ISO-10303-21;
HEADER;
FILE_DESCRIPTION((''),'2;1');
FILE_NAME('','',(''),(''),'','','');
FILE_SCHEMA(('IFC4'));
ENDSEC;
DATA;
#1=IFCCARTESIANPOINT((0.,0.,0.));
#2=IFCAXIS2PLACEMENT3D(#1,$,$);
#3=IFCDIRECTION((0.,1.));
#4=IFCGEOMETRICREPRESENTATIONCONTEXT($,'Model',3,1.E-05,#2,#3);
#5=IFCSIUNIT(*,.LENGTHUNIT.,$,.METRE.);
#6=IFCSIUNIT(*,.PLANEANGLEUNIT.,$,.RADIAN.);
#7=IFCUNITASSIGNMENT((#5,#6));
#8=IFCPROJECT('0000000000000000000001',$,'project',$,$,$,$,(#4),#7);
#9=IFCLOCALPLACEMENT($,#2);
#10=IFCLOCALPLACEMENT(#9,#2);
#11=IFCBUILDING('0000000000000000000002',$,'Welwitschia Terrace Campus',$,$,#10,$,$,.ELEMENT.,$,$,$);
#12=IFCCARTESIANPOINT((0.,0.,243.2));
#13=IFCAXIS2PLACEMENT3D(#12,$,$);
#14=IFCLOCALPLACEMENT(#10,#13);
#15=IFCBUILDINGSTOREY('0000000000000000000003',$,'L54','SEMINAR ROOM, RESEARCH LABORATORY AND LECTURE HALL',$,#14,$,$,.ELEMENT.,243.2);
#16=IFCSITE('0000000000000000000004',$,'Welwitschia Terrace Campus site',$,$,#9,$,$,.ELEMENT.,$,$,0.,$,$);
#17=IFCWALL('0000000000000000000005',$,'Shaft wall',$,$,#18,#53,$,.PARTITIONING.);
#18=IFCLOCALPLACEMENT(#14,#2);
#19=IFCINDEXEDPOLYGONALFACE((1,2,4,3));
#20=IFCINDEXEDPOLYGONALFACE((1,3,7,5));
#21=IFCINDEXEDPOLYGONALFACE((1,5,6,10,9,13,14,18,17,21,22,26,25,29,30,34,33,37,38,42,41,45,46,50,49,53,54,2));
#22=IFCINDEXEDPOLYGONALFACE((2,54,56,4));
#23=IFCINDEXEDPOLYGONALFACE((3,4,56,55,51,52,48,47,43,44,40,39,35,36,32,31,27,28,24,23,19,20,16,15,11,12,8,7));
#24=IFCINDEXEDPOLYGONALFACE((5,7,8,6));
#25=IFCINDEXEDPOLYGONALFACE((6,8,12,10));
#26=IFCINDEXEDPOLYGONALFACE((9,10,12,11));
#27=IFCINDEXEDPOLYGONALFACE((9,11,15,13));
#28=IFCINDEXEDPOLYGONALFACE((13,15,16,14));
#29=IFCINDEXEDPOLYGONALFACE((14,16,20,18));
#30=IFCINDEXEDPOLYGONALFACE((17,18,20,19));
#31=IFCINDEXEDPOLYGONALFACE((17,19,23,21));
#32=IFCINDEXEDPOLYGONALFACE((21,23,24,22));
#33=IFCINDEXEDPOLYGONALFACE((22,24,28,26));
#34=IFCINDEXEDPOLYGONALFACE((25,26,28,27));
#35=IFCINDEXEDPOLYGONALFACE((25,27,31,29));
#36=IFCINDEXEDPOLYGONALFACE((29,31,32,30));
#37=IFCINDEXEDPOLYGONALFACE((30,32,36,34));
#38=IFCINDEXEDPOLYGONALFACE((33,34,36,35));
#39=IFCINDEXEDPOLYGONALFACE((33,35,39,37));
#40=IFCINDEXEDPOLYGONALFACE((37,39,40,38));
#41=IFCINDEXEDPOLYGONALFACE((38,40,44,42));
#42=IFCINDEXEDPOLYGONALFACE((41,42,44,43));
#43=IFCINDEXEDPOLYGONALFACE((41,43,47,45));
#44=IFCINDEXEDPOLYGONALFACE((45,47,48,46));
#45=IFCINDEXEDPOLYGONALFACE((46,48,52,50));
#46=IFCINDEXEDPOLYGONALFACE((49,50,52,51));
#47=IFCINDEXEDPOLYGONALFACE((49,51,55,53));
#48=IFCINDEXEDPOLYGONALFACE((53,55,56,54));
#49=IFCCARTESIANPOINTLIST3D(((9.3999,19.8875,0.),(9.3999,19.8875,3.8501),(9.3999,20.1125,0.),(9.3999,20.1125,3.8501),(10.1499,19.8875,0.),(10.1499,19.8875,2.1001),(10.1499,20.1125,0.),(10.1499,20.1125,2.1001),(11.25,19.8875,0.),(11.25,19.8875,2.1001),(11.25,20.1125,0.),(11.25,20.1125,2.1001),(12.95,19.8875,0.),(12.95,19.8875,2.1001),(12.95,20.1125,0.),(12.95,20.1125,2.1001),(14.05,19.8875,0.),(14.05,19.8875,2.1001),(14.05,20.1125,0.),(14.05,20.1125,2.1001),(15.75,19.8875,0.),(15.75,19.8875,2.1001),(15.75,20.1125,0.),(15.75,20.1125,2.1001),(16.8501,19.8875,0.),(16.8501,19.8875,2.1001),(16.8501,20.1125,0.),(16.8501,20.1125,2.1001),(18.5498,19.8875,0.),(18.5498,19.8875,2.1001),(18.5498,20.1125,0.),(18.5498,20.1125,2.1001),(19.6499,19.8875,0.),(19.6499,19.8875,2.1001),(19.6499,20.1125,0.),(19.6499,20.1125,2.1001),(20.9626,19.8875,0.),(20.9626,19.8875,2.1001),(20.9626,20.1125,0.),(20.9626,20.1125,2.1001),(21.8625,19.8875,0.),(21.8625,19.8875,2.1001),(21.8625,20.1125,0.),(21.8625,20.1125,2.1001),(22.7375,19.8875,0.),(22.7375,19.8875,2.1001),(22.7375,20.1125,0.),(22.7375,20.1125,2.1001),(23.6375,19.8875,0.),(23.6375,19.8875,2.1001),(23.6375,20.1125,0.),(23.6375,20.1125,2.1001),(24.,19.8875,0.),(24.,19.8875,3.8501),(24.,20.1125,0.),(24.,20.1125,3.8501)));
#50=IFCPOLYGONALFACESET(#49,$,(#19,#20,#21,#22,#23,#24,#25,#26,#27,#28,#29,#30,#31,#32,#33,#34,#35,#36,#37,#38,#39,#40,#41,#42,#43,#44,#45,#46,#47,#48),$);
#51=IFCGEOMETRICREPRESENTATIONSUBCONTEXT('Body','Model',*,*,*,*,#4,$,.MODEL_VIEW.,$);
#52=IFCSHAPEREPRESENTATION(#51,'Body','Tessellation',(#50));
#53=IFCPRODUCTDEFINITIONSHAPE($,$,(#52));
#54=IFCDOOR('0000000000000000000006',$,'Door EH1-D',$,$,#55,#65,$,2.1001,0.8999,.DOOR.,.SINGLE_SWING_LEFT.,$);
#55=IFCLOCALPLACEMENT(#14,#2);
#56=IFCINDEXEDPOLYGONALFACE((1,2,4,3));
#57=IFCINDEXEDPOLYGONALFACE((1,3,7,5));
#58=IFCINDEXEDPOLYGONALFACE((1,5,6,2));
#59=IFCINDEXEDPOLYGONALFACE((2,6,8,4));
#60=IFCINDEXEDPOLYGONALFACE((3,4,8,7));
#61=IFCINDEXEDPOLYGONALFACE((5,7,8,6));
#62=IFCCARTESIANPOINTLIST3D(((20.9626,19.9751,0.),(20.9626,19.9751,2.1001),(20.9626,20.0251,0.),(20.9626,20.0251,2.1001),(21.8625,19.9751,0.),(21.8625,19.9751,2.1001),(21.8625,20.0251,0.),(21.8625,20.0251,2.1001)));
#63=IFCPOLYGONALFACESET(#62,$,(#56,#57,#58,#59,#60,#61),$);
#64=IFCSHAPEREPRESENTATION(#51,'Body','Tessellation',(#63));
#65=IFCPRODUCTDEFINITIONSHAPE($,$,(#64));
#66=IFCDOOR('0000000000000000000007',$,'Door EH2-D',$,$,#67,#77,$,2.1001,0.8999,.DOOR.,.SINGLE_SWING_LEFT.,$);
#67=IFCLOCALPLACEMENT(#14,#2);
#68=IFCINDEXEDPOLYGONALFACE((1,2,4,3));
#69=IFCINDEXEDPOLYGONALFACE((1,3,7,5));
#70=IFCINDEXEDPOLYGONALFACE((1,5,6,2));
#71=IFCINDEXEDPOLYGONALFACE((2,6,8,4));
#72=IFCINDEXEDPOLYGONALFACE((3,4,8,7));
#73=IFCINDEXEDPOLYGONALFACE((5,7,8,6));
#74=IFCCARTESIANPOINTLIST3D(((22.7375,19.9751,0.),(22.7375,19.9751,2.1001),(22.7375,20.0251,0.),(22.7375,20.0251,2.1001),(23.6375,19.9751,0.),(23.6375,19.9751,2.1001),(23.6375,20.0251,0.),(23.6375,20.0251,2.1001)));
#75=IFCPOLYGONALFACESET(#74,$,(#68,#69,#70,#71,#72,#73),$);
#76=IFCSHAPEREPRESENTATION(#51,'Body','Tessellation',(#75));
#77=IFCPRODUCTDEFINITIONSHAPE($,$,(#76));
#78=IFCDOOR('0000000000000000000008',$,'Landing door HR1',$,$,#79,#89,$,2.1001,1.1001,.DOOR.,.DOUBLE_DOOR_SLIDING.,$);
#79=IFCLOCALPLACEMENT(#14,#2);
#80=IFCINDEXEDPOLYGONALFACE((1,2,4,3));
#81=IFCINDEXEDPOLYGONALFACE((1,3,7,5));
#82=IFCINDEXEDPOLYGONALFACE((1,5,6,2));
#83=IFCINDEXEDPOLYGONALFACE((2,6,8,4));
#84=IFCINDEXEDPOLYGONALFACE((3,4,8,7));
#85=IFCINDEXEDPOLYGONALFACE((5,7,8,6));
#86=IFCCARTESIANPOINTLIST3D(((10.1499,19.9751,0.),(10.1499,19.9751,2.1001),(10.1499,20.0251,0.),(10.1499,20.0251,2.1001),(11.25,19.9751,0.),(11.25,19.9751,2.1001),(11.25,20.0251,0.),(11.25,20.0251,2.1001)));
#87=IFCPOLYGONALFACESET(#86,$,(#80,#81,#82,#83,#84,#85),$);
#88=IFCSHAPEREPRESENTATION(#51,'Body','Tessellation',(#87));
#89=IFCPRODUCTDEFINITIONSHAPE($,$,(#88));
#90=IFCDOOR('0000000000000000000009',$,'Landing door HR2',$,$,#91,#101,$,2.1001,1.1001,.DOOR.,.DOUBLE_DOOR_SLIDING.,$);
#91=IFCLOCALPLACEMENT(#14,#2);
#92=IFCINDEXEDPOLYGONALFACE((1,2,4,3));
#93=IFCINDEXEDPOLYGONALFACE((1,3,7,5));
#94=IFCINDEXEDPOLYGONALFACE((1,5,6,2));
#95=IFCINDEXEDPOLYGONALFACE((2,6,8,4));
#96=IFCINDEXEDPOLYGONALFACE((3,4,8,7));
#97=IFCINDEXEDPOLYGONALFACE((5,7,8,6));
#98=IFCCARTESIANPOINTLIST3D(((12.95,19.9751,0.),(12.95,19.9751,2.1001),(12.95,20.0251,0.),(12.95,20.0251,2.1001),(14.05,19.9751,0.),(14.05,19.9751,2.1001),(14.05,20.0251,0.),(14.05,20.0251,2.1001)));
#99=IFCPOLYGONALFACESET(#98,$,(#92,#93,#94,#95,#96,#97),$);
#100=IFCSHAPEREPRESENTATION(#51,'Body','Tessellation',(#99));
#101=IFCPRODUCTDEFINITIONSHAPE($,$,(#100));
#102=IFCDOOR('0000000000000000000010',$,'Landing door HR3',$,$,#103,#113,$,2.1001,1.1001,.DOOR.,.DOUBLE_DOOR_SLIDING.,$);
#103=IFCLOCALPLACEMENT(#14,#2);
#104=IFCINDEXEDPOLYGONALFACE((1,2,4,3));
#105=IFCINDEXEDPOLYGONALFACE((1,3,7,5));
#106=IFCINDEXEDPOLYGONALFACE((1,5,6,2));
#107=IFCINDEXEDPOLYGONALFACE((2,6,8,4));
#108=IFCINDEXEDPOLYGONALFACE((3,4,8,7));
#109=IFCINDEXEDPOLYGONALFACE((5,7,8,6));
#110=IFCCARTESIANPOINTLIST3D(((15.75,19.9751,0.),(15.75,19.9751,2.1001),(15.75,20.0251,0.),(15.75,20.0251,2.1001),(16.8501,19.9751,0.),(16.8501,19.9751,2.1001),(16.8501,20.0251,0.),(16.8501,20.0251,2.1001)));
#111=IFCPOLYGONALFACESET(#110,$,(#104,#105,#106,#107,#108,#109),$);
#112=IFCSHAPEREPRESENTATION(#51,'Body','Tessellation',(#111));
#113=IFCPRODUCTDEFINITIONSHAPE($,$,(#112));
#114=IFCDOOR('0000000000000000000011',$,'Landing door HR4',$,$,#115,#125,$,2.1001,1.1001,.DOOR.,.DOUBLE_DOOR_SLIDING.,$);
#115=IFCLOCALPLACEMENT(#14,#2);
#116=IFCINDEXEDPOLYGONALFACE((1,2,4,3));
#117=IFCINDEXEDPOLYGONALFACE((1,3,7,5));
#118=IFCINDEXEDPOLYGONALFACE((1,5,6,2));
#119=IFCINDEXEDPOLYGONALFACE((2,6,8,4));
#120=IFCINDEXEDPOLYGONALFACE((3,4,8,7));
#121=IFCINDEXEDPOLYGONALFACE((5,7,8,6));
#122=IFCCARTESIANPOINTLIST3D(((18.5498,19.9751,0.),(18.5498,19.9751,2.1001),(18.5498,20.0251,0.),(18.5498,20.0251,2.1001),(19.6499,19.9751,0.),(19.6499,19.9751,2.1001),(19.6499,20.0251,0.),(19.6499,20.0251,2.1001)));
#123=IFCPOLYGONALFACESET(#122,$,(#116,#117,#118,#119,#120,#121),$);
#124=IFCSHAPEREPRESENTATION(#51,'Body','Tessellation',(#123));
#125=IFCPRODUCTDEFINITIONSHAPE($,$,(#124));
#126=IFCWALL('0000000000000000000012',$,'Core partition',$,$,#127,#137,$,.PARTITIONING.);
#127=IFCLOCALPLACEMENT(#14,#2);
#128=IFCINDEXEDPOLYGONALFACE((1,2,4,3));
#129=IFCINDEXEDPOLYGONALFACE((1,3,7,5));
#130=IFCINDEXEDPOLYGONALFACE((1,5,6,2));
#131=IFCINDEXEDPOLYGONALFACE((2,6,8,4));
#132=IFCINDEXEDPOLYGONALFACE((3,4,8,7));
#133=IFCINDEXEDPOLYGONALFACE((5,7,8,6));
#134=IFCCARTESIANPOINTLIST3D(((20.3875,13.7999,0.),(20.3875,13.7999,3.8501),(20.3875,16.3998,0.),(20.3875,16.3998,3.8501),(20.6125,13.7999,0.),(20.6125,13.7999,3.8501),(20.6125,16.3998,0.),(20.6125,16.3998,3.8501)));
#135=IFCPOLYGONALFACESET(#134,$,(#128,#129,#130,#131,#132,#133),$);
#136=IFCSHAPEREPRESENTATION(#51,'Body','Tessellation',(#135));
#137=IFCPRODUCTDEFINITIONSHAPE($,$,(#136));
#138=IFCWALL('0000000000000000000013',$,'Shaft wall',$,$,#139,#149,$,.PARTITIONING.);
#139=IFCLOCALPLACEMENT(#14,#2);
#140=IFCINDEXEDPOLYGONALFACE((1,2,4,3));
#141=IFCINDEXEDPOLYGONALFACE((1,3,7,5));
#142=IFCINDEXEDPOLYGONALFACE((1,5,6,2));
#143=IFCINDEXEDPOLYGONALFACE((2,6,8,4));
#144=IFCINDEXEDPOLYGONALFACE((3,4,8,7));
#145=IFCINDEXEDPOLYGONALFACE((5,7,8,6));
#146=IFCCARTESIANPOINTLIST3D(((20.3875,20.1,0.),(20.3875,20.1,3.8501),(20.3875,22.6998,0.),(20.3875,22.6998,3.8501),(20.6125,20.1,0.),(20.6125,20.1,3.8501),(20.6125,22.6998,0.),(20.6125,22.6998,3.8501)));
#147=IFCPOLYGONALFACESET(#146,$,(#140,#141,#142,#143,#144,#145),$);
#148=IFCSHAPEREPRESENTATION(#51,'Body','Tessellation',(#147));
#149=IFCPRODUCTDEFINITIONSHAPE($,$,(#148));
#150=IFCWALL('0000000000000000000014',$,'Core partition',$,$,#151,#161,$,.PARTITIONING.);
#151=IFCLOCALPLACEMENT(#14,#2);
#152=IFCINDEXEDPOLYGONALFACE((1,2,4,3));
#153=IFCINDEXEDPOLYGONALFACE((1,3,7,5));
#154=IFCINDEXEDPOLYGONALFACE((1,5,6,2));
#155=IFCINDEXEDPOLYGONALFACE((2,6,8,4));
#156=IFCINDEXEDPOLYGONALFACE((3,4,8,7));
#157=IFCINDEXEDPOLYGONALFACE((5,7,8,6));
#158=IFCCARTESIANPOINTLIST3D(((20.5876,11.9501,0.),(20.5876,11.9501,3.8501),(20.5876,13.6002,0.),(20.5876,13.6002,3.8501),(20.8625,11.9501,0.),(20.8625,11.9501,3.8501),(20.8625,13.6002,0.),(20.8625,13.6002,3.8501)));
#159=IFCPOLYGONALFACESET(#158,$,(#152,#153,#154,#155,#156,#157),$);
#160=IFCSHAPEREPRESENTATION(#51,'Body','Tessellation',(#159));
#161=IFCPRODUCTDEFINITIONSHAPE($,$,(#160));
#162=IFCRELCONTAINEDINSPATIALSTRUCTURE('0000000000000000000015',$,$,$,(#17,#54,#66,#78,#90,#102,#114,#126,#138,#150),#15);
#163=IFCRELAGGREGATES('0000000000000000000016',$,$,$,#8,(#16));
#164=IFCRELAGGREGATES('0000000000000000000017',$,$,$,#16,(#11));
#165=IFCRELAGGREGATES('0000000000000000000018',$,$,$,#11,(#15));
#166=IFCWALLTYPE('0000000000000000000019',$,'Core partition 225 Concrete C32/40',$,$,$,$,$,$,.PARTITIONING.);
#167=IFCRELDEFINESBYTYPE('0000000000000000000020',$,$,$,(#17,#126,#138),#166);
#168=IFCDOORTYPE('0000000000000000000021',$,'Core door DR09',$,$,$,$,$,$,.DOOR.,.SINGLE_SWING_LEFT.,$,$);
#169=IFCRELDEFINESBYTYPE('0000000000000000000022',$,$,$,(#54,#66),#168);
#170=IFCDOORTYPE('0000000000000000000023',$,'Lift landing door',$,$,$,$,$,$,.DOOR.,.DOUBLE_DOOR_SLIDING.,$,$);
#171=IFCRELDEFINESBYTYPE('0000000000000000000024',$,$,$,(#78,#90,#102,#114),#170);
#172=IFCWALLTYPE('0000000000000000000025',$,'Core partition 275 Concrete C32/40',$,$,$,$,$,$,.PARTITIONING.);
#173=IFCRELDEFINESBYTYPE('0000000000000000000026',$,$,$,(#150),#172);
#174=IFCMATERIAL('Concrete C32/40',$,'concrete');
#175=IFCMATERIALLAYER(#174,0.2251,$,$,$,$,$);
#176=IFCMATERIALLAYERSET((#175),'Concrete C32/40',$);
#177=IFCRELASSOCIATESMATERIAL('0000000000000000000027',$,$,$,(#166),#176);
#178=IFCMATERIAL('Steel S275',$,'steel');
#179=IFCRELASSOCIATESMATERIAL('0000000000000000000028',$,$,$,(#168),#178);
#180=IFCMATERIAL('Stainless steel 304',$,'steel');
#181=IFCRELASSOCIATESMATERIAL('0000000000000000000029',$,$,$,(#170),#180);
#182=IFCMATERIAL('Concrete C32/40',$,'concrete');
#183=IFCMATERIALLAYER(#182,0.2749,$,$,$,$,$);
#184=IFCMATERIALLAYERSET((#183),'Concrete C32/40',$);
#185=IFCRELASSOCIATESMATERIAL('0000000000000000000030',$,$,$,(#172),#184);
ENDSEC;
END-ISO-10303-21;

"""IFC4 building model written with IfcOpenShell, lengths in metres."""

from ifc_helpers import new_model, si_unit, direction, frame, frame_2d, origin, place, context, subcontext, project, spatial, rectangle, extrude, material, layer, layer_set, type_object, element, fill, save


model = new_model("IFC4")

# Units and contexts
model_context = context("Model", 3, precision=1e-05, world=origin(), true_north=direction((0.0, 1.0)))
body_context = subcontext(model_context, "Body", "Model", "MODEL_VIEW")
ifc_project = project(units=[si_unit("LENGTHUNIT", "METRE"), si_unit("PLANEANGLEUNIT", "RADIAN")], contexts=[model_context])

# Site, building, storey
site_placement = place(None, origin())
site = spatial("IfcSite", under=ifc_project, at=site_placement, Name="Welwitschia Terrace Campus site", CompositionType="ELEMENT", RefElevation=0.0)
building_placement = place(site_placement, origin())
building = spatial("IfcBuilding", under=site, at=building_placement, Name="Welwitschia Terrace Campus", CompositionType="ELEMENT")
storey_placement = place(building_placement, frame((0.0, 0.0, 243.2)))
storey = spatial("IfcBuildingStorey", under=building, at=storey_placement, Name="L54", Description="SEMINAR ROOM, RESEARCH LABORATORY AND LECTURE HALL", CompositionType="ELEMENT", Elevation=243.2)

# Shared definitions
ifc_material_1 = material(Name="Concrete C32/40", Category="concrete")
ifc_layer_1 = layer(ifc_material_1, 0.2251)
ifc_layer_set_1 = layer_set([ifc_layer_1], Name="Concrete C32/40")
wall_type_1 = type_object("IfcWallType", Name="Core partition 225 Concrete C32/40", PredefinedType="PARTITIONING", material=ifc_layer_set_1)

# Wall, openings, doors
wall_1_placement = place(storey_placement, frame((24.0, 20.0, 0.0), z_axis=(0.0, 0.0, 1.0), x_axis=(-1.0, 0.0, 0.0)))
wall_1 = element("IfcWall", 1, at=wall_1_placement, inside=storey, type_object=wall_type_1, Name="Shaft wall", PredefinedType="PARTITIONING", context=body_context, shape_type="SweptSolid", body=[
    extrude(rectangle(XDim=14.6001, YDim=0.2251, at=frame_2d((7.3, 0.0))), origin(), (0.0, 0.0, 1.0), 3.8501),
])
opening_1_placement = place(wall_1_placement, frame((12.75, 0.0, 0.0)))
opening_1 = element("IfcOpeningElement", 2, at=opening_1_placement, cuts=wall_1, PredefinedType="OPENING", context=body_context, shape_type="SweptSolid", body=[
    extrude(rectangle(XDim=1.1001, YDim=2.1001, at=frame_2d((0.55, 1.05))), frame((0.0, 0.1226, 0.0), z_axis=(0.0, -1.0, 0.0), x_axis=(1.0, 0.0, 0.0)), (0.0, 0.0, 1.0), 0.2451),
])
opening_2_placement = place(wall_1_placement, frame((9.95, 0.0, 0.0)))
opening_2 = element("IfcOpeningElement", 3, at=opening_2_placement, cuts=wall_1, PredefinedType="OPENING", context=body_context, shape_type="SweptSolid", body=[
    extrude(rectangle(XDim=1.1001, YDim=2.1001, at=frame_2d((0.55, 1.05))), frame((0.0, 0.1226, 0.0), z_axis=(0.0, -1.0, 0.0), x_axis=(1.0, 0.0, 0.0)), (0.0, 0.0, 1.0), 0.2451),
])
opening_3_placement = place(wall_1_placement, frame((7.1499, 0.0, 0.0)))
opening_3 = element("IfcOpeningElement", 4, at=opening_3_placement, cuts=wall_1, PredefinedType="OPENING", context=body_context, shape_type="SweptSolid", body=[
    extrude(rectangle(XDim=1.1001, YDim=2.1001, at=frame_2d((0.55, 1.05))), frame((0.0, 0.1226, 0.0), z_axis=(0.0, -1.0, 0.0), x_axis=(1.0, 0.0, 0.0)), (0.0, 0.0, 1.0), 0.2451),
])
opening_4_placement = place(wall_1_placement, frame((4.3501, 0.0, 0.0)))
opening_4 = element("IfcOpeningElement", 5, at=opening_4_placement, cuts=wall_1, PredefinedType="OPENING", context=body_context, shape_type="SweptSolid", body=[
    extrude(rectangle(XDim=1.1001, YDim=2.1001, at=frame_2d((0.55, 1.05))), frame((0.0, 0.1226, 0.0), z_axis=(0.0, -1.0, 0.0), x_axis=(1.0, 0.0, 0.0)), (0.0, 0.0, 1.0), 0.2451),
])
opening_5_placement = place(wall_1_placement, frame((2.1375, 0.0, 0.0)))
opening_5 = element("IfcOpeningElement", 6, at=opening_5_placement, cuts=wall_1, PredefinedType="OPENING", context=body_context, shape_type="SweptSolid", body=[
    extrude(rectangle(XDim=0.8999, YDim=2.1001, at=frame_2d((0.45, 1.05))), frame((0.0, 0.1226, 0.0), z_axis=(0.0, -1.0, 0.0), x_axis=(1.0, 0.0, 0.0)), (0.0, 0.0, 1.0), 0.2451),
])
opening_6_placement = place(wall_1_placement, frame((0.3625, 0.0, 0.0)))
opening_6 = element("IfcOpeningElement", 7, at=opening_6_placement, cuts=wall_1, PredefinedType="OPENING", context=body_context, shape_type="SweptSolid", body=[
    extrude(rectangle(XDim=0.8999, YDim=2.1001, at=frame_2d((0.45, 1.05))), frame((0.0, 0.1226, 0.0), z_axis=(0.0, -1.0, 0.0), x_axis=(1.0, 0.0, 0.0)), (0.0, 0.0, 1.0), 0.2451),
])
ifc_material_2 = material(Name="Steel S275", Category="steel")
door_type_1 = type_object("IfcDoorType", Name="Core door DR09", OperationType="SINGLE_SWING_LEFT", PredefinedType="DOOR", material=ifc_material_2)
door_1_placement = place(opening_5_placement, origin())
door_1 = element("IfcDoor", 8, at=door_1_placement, inside=storey, type_object=door_type_1, Name="Door EH1-D", OperationType="SINGLE_SWING_LEFT", OverallHeight=2.1001, OverallWidth=0.8999, PredefinedType="DOOR", context=body_context, shape_type="SweptSolid", body=[
    extrude(rectangle(XDim=0.8999, YDim=2.1001, at=frame_2d((0.45, 1.05))), frame((0.0, 0.0249, 0.0), z_axis=(0.0, -1.0, 0.0), x_axis=(1.0, 0.0, 0.0)), (0.0, 0.0, 1.0), 0.05),
])
fill(opening_5, door_1)
door_2_placement = place(opening_6_placement, origin())
door_2 = element("IfcDoor", 9, at=door_2_placement, inside=storey, type_object=door_type_1, Name="Door EH2-D", OperationType="SINGLE_SWING_LEFT", OverallHeight=2.1001, OverallWidth=0.8999, PredefinedType="DOOR", context=body_context, shape_type="SweptSolid", body=[
    extrude(rectangle(XDim=0.8999, YDim=2.1001, at=frame_2d((0.45, 1.05))), frame((0.0, 0.0249, 0.0), z_axis=(0.0, -1.0, 0.0), x_axis=(1.0, 0.0, 0.0)), (0.0, 0.0, 1.0), 0.05),
])
fill(opening_6, door_2)
ifc_material_3 = material(Name="Stainless steel 304", Category="steel")
door_type_2 = type_object("IfcDoorType", Name="Lift landing door", OperationType="DOUBLE_DOOR_SLIDING", PredefinedType="DOOR", material=ifc_material_3)
door_3_placement = place(opening_1_placement, origin())
door_3 = element("IfcDoor", 10, at=door_3_placement, inside=storey, type_object=door_type_2, Name="Landing door HR1", OperationType="DOUBLE_DOOR_SLIDING", OverallHeight=2.1001, OverallWidth=1.1001, PredefinedType="DOOR", context=body_context, shape_type="SweptSolid", body=[
    extrude(rectangle(XDim=1.1001, YDim=2.1001, at=frame_2d((0.55, 1.05))), frame((0.0, 0.0249, 0.0), z_axis=(0.0, -1.0, 0.0), x_axis=(1.0, 0.0, 0.0)), (0.0, 0.0, 1.0), 0.05),
])
fill(opening_1, door_3)
door_4_placement = place(opening_2_placement, origin())
door_4 = element("IfcDoor", 11, at=door_4_placement, inside=storey, type_object=door_type_2, Name="Landing door HR2", OperationType="DOUBLE_DOOR_SLIDING", OverallHeight=2.1001, OverallWidth=1.1001, PredefinedType="DOOR", context=body_context, shape_type="SweptSolid", body=[
    extrude(rectangle(XDim=1.1001, YDim=2.1001, at=frame_2d((0.55, 1.05))), frame((0.0, 0.0249, 0.0), z_axis=(0.0, -1.0, 0.0), x_axis=(1.0, 0.0, 0.0)), (0.0, 0.0, 1.0), 0.05),
])
fill(opening_2, door_4)
door_5_placement = place(opening_3_placement, origin())
door_5 = element("IfcDoor", 12, at=door_5_placement, inside=storey, type_object=door_type_2, Name="Landing door HR3", OperationType="DOUBLE_DOOR_SLIDING", OverallHeight=2.1001, OverallWidth=1.1001, PredefinedType="DOOR", context=body_context, shape_type="SweptSolid", body=[
    extrude(rectangle(XDim=1.1001, YDim=2.1001, at=frame_2d((0.55, 1.05))), frame((0.0, 0.0249, 0.0), z_axis=(0.0, -1.0, 0.0), x_axis=(1.0, 0.0, 0.0)), (0.0, 0.0, 1.0), 0.05),
])
fill(opening_3, door_5)
door_6_placement = place(opening_4_placement, origin())
door_6 = element("IfcDoor", 13, at=door_6_placement, inside=storey, type_object=door_type_2, Name="Landing door HR4", OperationType="DOUBLE_DOOR_SLIDING", OverallHeight=2.1001, OverallWidth=1.1001, PredefinedType="DOOR", context=body_context, shape_type="SweptSolid", body=[
    extrude(rectangle(XDim=1.1001, YDim=2.1001, at=frame_2d((0.55, 1.05))), frame((0.0, 0.0249, 0.0), z_axis=(0.0, -1.0, 0.0), x_axis=(1.0, 0.0, 0.0)), (0.0, 0.0, 1.0), 0.05),
])
fill(opening_4, door_6)

# Walls
for number, where, z_axis, x_axis, name in (
    (14, (20.5, 13.8, 0.0), (0.0, 0.0, 1.0), (0.0, 1.0, 0.0), "Core partition"),
    (15, (20.5, 20.1001, 0.0), (0.0, 0.0, 1.0), (0.0, 1.0, 0.0), "Shaft wall"),
):
    element("IfcWall", number, at=place(storey_placement, frame(where, z_axis=z_axis, x_axis=x_axis)), inside=storey, type_object=wall_type_1, Name=name, PredefinedType="PARTITIONING", context=body_context, shape_type="SweptSolid", body=[
        extrude(rectangle(XDim=2.5999, YDim=0.2251, at=frame_2d((1.2998, 0.0))), origin(), (0.0, 0.0, 1.0), 3.8501),
    ])
ifc_material_4 = material(Name="Concrete C32/40", Category="concrete")
ifc_layer_2 = layer(ifc_material_4, 0.2749)
ifc_layer_set_2 = layer_set([ifc_layer_2], Name="Concrete C32/40")
wall_type_2 = type_object("IfcWallType", Name="Core partition 275 Concrete C32/40", PredefinedType="PARTITIONING", material=ifc_layer_set_2)
wall_2_placement = place(storey_placement, frame((20.7251, 11.95, 0.0), z_axis=(0.0, 0.0, 1.0), x_axis=(0.0, 1.0, 0.0)))
element("IfcWall", 16, at=wall_2_placement, inside=storey, type_object=wall_type_2, Name="Core partition", PredefinedType="PARTITIONING", context=body_context, shape_type="SweptSolid", body=[
    extrude(rectangle(XDim=1.6501, YDim=0.2749, at=frame_2d((0.8252, 0.0))), origin(), (0.0, 0.0, 1.0), 3.8501),
])

save(model, "model.ifc")
